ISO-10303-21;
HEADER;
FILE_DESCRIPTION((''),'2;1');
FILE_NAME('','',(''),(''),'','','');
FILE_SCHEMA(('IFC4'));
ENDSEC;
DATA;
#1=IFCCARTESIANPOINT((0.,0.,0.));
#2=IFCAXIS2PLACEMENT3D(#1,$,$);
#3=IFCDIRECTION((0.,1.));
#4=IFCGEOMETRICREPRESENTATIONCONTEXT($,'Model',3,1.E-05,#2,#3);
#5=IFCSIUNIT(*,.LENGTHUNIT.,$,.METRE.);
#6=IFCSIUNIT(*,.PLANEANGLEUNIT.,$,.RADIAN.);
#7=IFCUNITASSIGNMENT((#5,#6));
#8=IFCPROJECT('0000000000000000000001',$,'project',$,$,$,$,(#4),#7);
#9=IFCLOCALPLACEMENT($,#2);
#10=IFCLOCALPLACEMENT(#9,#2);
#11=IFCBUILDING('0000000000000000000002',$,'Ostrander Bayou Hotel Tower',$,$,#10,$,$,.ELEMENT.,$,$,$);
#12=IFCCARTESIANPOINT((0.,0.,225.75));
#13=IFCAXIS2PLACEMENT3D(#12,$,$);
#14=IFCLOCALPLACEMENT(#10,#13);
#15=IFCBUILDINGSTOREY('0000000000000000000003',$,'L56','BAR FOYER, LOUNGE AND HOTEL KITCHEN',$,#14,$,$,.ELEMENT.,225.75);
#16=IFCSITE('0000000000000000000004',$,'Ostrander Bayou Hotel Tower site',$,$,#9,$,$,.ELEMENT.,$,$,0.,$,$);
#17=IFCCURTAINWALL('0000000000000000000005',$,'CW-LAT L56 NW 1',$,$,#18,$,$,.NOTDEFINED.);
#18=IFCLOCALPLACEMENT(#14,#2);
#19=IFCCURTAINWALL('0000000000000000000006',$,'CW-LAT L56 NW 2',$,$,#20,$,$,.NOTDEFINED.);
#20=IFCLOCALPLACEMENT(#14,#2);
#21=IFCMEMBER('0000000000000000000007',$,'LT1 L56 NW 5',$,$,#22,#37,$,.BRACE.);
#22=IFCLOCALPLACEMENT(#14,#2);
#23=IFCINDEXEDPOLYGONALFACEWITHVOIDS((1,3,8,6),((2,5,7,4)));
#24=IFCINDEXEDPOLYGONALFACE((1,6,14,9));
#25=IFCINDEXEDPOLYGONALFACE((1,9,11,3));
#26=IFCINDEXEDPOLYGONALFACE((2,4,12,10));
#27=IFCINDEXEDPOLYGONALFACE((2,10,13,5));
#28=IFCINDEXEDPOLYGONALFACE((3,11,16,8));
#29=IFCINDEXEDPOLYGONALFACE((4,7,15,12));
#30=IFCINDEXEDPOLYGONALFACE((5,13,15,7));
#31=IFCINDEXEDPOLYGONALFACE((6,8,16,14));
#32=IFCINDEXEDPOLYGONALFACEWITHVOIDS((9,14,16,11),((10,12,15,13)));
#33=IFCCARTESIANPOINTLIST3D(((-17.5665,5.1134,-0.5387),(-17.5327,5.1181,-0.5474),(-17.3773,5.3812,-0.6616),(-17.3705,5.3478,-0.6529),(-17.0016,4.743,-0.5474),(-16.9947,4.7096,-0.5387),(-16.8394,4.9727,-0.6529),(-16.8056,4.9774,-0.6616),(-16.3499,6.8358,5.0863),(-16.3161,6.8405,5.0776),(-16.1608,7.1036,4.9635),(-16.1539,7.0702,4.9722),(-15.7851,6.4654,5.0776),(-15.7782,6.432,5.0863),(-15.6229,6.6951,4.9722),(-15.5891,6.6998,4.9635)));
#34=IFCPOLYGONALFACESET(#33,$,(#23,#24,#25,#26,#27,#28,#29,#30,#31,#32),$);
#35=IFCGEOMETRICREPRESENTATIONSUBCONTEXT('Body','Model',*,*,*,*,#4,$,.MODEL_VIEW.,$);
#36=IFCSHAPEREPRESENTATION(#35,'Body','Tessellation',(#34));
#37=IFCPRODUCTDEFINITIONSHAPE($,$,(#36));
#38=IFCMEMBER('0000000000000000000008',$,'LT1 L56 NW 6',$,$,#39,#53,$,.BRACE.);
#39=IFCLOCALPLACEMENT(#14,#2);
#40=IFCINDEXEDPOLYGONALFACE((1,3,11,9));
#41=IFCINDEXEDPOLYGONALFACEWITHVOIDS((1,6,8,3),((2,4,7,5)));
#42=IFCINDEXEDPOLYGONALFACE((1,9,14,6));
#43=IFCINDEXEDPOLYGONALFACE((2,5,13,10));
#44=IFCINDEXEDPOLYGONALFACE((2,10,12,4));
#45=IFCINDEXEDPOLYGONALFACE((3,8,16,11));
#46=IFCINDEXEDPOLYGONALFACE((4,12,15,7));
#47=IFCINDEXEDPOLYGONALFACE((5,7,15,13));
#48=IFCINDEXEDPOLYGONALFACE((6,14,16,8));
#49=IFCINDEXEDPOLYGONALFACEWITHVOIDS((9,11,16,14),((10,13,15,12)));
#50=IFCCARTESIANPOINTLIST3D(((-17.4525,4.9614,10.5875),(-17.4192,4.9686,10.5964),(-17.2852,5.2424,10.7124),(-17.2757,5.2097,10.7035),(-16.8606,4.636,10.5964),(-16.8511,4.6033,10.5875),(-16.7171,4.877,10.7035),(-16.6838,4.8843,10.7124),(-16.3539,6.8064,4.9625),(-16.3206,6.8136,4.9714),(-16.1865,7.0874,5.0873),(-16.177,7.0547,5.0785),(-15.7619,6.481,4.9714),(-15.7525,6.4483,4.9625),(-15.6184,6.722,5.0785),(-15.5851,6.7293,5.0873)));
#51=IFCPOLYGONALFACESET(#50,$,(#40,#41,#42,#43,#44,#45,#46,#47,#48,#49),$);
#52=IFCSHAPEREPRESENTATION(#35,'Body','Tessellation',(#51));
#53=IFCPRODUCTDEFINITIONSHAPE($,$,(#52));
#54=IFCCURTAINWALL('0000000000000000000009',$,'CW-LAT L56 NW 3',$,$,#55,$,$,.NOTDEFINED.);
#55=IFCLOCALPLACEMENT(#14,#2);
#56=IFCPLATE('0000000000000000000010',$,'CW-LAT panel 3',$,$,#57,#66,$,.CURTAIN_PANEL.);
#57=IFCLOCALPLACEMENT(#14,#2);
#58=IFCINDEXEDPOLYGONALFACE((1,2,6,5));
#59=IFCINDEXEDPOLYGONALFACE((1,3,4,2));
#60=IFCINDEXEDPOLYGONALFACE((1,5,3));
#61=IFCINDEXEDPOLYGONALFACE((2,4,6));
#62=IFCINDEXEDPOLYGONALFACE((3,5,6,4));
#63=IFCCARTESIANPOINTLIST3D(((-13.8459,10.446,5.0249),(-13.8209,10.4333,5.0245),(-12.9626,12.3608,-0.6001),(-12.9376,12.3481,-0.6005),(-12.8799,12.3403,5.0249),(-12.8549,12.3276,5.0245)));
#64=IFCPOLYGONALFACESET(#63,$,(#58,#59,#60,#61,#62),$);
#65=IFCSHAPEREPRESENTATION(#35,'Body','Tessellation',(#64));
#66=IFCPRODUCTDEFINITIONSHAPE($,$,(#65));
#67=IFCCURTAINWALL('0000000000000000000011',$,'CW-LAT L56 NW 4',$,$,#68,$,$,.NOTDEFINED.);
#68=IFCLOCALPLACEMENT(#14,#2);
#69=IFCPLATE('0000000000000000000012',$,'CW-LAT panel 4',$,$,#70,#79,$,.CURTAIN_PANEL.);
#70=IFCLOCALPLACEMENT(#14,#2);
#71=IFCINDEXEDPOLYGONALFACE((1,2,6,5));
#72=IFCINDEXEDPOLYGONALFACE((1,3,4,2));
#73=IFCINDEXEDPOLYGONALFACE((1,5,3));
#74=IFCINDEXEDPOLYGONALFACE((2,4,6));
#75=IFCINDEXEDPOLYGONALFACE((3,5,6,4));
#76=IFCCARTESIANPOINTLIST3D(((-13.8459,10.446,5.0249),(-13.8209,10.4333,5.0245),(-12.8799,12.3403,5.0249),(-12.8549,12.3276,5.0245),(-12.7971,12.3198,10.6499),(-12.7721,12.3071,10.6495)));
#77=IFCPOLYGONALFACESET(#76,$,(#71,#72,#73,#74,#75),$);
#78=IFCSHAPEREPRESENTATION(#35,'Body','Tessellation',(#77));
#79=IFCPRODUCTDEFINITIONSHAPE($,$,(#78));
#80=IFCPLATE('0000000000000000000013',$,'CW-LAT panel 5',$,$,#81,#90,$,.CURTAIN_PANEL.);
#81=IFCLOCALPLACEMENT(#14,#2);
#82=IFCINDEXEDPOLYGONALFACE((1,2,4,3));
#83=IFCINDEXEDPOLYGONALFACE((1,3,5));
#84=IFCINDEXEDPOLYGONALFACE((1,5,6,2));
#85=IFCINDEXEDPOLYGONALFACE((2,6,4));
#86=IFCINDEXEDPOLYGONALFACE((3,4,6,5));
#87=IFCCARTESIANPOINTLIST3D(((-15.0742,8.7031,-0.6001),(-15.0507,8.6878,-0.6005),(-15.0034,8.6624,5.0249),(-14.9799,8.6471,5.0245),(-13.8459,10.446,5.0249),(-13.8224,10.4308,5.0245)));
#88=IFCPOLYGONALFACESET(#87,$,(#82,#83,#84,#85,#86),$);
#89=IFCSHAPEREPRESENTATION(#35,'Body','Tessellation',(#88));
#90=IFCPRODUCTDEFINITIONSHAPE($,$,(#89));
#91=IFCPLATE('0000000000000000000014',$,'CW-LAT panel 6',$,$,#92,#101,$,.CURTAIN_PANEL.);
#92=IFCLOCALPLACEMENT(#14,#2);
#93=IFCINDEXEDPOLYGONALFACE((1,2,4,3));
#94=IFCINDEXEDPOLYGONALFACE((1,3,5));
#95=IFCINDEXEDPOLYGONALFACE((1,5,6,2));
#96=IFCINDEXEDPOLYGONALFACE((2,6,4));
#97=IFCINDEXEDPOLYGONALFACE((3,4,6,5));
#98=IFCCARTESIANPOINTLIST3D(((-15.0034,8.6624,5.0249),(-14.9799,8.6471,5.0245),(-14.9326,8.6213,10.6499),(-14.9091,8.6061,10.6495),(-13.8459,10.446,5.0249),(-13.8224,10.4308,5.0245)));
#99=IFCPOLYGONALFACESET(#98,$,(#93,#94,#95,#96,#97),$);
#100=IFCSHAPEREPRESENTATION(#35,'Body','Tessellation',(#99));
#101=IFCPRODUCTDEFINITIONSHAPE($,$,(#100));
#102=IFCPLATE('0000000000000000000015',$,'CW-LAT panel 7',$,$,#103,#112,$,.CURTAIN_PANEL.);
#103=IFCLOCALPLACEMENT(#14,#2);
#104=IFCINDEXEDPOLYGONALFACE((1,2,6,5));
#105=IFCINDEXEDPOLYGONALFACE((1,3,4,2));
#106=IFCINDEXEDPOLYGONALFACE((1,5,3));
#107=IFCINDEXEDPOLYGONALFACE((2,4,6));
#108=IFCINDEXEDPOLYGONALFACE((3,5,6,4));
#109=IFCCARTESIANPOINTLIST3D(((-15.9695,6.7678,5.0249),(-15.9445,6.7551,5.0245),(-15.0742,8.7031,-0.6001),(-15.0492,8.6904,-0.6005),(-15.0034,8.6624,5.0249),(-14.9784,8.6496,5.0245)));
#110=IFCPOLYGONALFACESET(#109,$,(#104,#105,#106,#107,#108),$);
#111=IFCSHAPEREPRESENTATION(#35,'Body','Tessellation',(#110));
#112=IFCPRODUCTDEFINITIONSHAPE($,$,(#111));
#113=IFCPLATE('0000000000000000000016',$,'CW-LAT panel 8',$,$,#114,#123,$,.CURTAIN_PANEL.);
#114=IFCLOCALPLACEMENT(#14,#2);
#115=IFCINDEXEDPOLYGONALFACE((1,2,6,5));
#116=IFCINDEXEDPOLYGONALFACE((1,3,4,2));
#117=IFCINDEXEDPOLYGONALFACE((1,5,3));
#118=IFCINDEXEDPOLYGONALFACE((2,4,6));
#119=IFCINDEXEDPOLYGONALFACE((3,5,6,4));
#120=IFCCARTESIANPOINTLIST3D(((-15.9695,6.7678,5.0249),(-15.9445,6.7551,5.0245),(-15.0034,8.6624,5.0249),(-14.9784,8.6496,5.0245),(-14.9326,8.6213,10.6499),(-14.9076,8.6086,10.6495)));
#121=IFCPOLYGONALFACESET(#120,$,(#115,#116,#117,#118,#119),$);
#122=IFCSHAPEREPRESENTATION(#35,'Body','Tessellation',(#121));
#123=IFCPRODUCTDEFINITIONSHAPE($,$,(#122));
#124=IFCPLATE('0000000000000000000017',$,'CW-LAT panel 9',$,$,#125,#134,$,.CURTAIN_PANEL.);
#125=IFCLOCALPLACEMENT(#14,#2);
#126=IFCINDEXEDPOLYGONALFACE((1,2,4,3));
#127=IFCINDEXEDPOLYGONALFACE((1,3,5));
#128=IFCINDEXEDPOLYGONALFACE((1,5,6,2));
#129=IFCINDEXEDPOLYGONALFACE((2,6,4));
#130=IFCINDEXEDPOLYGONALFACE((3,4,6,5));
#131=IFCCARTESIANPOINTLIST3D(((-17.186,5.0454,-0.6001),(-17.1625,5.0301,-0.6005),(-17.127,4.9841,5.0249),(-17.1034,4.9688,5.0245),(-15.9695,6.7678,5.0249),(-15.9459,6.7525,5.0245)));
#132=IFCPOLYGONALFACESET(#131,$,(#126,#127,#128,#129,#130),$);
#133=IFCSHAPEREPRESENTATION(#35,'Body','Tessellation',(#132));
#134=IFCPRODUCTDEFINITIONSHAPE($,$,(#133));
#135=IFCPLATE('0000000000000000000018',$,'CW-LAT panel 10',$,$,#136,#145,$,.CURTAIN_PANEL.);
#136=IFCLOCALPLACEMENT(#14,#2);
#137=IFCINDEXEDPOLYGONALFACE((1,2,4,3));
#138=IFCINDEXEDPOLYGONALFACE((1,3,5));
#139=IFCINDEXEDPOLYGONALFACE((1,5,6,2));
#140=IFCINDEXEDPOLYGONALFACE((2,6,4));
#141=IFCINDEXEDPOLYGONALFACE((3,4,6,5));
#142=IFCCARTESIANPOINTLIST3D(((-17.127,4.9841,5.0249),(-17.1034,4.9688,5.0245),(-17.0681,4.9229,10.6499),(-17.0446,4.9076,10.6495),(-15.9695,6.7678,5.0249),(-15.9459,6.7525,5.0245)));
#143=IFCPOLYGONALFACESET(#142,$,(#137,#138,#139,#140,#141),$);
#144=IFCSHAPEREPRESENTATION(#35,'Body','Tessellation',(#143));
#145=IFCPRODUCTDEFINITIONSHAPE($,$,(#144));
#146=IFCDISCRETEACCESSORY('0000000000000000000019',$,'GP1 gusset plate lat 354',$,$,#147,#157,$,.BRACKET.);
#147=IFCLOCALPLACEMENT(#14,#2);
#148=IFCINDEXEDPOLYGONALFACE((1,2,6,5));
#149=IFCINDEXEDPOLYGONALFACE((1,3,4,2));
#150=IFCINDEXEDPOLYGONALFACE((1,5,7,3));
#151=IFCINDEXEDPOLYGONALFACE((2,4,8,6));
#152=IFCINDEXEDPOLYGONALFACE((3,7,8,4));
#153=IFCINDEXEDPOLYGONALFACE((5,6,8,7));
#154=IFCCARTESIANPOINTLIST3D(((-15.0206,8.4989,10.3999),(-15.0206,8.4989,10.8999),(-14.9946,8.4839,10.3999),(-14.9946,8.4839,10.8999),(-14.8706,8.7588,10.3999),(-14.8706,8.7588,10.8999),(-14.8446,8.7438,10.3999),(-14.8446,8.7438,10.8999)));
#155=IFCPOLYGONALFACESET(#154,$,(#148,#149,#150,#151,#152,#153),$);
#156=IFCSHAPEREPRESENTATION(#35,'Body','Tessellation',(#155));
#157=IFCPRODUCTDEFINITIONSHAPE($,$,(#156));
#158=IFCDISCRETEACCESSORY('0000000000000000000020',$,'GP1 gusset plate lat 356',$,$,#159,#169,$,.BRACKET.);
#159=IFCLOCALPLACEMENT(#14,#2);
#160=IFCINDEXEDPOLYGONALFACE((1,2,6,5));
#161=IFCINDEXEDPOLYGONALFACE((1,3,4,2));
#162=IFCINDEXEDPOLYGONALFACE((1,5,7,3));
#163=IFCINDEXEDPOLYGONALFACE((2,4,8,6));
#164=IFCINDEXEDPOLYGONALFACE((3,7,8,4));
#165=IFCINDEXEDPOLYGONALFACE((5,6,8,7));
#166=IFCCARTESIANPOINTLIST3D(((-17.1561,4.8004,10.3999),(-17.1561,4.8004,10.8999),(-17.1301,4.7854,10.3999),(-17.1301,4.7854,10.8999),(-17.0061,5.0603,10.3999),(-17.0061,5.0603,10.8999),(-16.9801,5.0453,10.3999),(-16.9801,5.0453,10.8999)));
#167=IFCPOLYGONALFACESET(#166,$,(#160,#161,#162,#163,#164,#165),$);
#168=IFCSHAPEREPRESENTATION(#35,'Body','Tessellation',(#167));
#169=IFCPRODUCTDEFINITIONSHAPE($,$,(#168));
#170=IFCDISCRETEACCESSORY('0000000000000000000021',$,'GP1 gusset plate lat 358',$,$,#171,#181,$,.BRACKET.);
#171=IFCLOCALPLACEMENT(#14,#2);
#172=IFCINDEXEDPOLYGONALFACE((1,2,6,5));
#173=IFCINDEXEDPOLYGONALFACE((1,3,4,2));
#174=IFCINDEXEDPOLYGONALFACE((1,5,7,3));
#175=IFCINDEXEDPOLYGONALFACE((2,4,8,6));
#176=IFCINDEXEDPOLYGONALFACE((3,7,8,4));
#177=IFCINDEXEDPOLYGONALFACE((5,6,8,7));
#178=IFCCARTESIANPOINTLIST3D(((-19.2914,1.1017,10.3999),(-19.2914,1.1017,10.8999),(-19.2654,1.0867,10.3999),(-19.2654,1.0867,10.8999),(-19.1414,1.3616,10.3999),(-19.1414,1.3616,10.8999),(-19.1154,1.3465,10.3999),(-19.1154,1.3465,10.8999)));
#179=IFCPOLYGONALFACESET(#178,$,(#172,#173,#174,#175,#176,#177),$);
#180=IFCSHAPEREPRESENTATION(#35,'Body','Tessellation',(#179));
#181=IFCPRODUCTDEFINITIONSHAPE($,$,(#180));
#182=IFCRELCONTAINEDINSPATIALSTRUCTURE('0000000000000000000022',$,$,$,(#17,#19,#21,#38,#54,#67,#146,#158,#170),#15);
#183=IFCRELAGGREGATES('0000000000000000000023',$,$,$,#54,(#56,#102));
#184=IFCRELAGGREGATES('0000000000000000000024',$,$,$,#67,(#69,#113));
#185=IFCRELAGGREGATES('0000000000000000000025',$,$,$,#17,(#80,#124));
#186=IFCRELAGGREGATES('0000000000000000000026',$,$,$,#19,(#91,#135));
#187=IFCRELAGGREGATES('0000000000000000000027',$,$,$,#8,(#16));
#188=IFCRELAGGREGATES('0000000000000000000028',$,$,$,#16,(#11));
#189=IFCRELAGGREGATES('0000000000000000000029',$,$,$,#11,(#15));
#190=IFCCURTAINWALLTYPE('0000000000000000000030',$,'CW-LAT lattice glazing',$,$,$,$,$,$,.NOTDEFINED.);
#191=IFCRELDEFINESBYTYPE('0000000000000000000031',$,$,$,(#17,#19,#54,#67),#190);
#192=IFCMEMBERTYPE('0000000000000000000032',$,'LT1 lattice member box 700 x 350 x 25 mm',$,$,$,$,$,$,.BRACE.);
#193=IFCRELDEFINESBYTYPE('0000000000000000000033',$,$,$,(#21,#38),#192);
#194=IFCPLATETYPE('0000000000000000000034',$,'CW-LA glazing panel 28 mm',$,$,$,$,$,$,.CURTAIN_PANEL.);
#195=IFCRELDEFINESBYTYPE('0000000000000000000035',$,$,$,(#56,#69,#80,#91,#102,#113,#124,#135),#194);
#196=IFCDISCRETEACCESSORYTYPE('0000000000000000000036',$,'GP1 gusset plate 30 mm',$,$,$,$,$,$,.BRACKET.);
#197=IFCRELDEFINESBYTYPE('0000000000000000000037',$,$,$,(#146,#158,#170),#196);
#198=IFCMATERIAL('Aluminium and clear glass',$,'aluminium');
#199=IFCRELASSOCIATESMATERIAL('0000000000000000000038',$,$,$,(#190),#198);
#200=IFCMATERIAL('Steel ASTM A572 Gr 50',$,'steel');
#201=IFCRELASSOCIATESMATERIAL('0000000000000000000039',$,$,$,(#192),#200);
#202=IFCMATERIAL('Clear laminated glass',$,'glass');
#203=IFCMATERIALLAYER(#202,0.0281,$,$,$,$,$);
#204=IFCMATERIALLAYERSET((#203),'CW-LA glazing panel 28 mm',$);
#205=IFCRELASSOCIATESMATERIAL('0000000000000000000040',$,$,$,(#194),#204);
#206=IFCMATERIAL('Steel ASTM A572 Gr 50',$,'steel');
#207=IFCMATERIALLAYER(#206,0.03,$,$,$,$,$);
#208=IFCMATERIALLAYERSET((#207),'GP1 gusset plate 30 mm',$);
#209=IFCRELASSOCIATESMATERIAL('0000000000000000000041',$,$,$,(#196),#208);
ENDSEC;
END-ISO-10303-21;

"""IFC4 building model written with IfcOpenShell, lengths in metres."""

from ifc_helpers import new_model, si_unit, direction, frame, origin, origin_2d, place, context, subcontext, project, spatial, polyline, rectangle, hollow_rectangle, outline, extrude, material, layer, layer_set, material_profile, profile_set, type_object, element, aggregate, save


model = new_model("IFC4")

# Units and contexts
model_context = context("Model", 3, precision=1e-05, world=origin(), true_north=direction((0.0, 1.0)))
body_context = subcontext(model_context, "Body", "Model", "MODEL_VIEW")
ifc_project = project(units=[si_unit("LENGTHUNIT", "METRE"), si_unit("PLANEANGLEUNIT", "RADIAN")], contexts=[model_context])

# Site, building, storey
site_placement = place(None, origin())
site = spatial("IfcSite", under=ifc_project, at=site_placement, Name="Ostrander Bayou Hotel Tower site", CompositionType="ELEMENT", RefElevation=0.0)
building_placement = place(site_placement, origin())
building = spatial("IfcBuilding", under=site, at=building_placement, Name="Ostrander Bayou Hotel Tower", CompositionType="ELEMENT")
storey_placement = place(building_placement, frame((0.0, 0.0, 225.75)))
storey = spatial("IfcBuildingStorey", under=building, at=storey_placement, Name="L56", Description="BAR FOYER, LOUNGE AND HOTEL KITCHEN", CompositionType="ELEMENT", Elevation=225.75)

# Curtain walls
ifc_material_1 = material(Name="Aluminium and clear glass", Category="aluminium")
curtain_wall_type = type_object("IfcCurtainWallType", Name="CW-LAT lattice glazing", PredefinedType="NOTDEFINED", material=ifc_material_1)
curtain_wall_1_placement = place(storey_placement, origin())
curtain_wall_1 = element("IfcCurtainWall", 1, at=curtain_wall_1_placement, inside=storey, type_object=curtain_wall_type, Name="CW-LAT L56 NW 1", PredefinedType="NOTDEFINED")
curtain_wall_2_placement = place(storey_placement, origin())
curtain_wall_2 = element("IfcCurtainWall", 2, at=curtain_wall_2_placement, inside=storey, type_object=curtain_wall_type, Name="CW-LAT L56 NW 2", PredefinedType="NOTDEFINED")

# Members
ifc_material_2 = material(Name="Steel ASTM A572 Gr 50", Category="steel")
ifc_material_profile_1 = material_profile(ifc_material_2, hollow_rectangle(XDim=0.7, YDim=0.3501, WallThickness=0.0249, at=origin_2d()))
ifc_profile_set_1 = profile_set([ifc_material_profile_1], Name="Steel ASTM A572 Gr 50")
member_type_1 = type_object("IfcMemberType", Name="LT1 lattice member box 700 x 350 x 25 mm", PredefinedType="BRACE", material=ifc_profile_set_1)
member_1_placement = place(storey_placement, frame((-15.9695, 6.7678, 5.0249), z_axis=(-0.202513, -0.286721, -0.936365), x_axis=(0.816804, -0.576915, 0.0)))
element("IfcMember", 3, at=member_1_placement, inside=storey, type_object=member_type_1, Name="LT1 L56 NW 5", PredefinedType="BRACE", context=body_context, shape_type="SweptSolid", body=[
    extrude(hollow_rectangle(XDim=0.7, YDim=0.3501, WallThickness=0.0249, at=origin_2d()), origin(), (0.0, 0.0, 1.0), 6.0073),
])
member_2_placement = place(storey_placement, frame((-15.9695, 6.7678, 5.0249), z_axis=(-0.182469, -0.306426, 0.934242), x_axis=(0.859204, -0.511634, 0.0)))
element("IfcMember", 4, at=member_2_placement, inside=storey, type_object=member_type_1, Name="LT1 L56 NW 6", PredefinedType="BRACE", context=body_context, shape_type="SweptSolid", body=[
    extrude(hollow_rectangle(XDim=0.7, YDim=0.3501, WallThickness=0.0249, at=origin_2d()), origin(), (0.0, 0.0, 1.0), 6.021),
])

# Curtain walls, plates
curtain_wall_3_placement = place(storey_placement, origin())
curtain_wall_3 = element("IfcCurtainWall", 5, at=curtain_wall_3_placement, inside=storey, type_object=curtain_wall_type, Name="CW-LAT L56 NW 3", PredefinedType="NOTDEFINED")
ifc_material_3 = material(Name="Clear laminated glass", Category="glass")
ifc_layer_1 = layer(ifc_material_3, 0.0281)
ifc_layer_set_1 = layer_set([ifc_layer_1], Name="CW-LA glazing panel 28 mm")
plate_type = type_object("IfcPlateType", Name="CW-LA glazing panel 28 mm", PredefinedType="CURTAIN_PANEL", material=ifc_layer_set_1)
plate_1_placement = place(storey_placement, frame((-13.8459, 10.446, 5.0249), z_axis=(-0.890743, 0.454268, 0.014762), x_axis=(0.147039, 0.318746, -0.936366)))
plate_1 = element("IfcPlate", 6, at=plate_1_placement, type_object=plate_type, Name="CW-LAT panel 3", PredefinedType="CURTAIN_PANEL", context=body_context, shape_type="SweptSolid", body=[
    extrude(outline(polyline([(0.0, 0.0), (6.0073, 0.0), (0.7458, -1.9913), (0.0, 0.0)])), origin(), (0.0, 0.0, -1.0), 0.0281),
])
curtain_wall_4_placement = place(storey_placement, origin())
curtain_wall_4 = element("IfcCurtainWall", 7, at=curtain_wall_4_placement, inside=storey, type_object=curtain_wall_type, Name="CW-LAT L56 NW 4", PredefinedType="NOTDEFINED")
plate_2_placement = place(storey_placement, frame((-13.8459, 10.446, 5.0249), z_axis=(-0.890743, 0.454268, 0.014762), x_axis=(0.174197, 0.31121, 0.93424)))
plate_2 = element("IfcPlate", 8, at=plate_2_placement, type_object=plate_type, Name="CW-LAT panel 4", PredefinedType="CURTAIN_PANEL", context=body_context, shape_type="SweptSolid", body=[
    extrude(outline(polyline([(0.0, 0.0), (6.0209, 0.0), (0.7578, 1.9868), (0.0, 0.0)])), origin(), (0.0, 0.0, -1.0), 0.0281),
])

# Plates
plate_3_placement = place(storey_placement, frame((-13.8459, 10.446, 5.0249), z_axis=(-0.83877, 0.544293, 0.014503), x_axis=(-0.204182, -0.289735, -0.935074)))
plate_3 = element("IfcPlate", 9, at=plate_3_placement, type_object=plate_type, Name="CW-LAT panel 5", PredefinedType="CURTAIN_PANEL", context=body_context, shape_type="SweptSolid", body=[
    extrude(outline(polyline([(0.0, 0.0), (6.0156, 0.0), (0.7531, 1.9885), (0.0, 0.0)])), origin(), (0.0, 0.0, -1.0), 0.0281),
])
plate_4_placement = place(storey_placement, frame((-13.8459, 10.446, 5.0249), z_axis=(-0.838769, 0.544293, 0.014526), x_axis=(-0.180733, -0.303482, 0.93554)))
plate_4 = element("IfcPlate", 10, at=plate_4_placement, type_object=plate_type, Name="CW-LAT panel 6", PredefinedType="CURTAIN_PANEL", context=body_context, shape_type="SweptSolid", body=[
    extrude(outline(polyline([(0.0, 0.0), (6.0126, 0.0), (0.7505, -1.9895), (0.0, 0.0)])), origin(), (0.0, 0.0, -1.0), 0.0281),
])
plate_5_placement = place(storey_placement, frame((-15.9695, 6.7678, 5.0249), z_axis=(-0.89077, 0.454224, 0.014504), x_axis=(0.148824, 0.321714, -0.935068)))
plate_5 = element("IfcPlate", 11, at=plate_5_placement, type_object=plate_type, Name="CW-LAT panel 7", PredefinedType="CURTAIN_PANEL", context=body_context, shape_type="SweptSolid", body=[
    extrude(outline(polyline([(0.0, 0.0), (6.0156, 0.0), (0.7533, -1.9887), (0.0, 0.0)])), origin(), (0.0, 0.0, -1.0), 0.0281),
])
aggregate(curtain_wall_3, [plate_1, plate_5])
plate_6_placement = place(storey_placement, frame((-15.9695, 6.7678, 5.0249), z_axis=(-0.890769, 0.454224, 0.014524), x_axis=(0.172449, 0.308272, 0.935537)))
plate_6 = element("IfcPlate", 12, at=plate_6_placement, type_object=plate_type, Name="CW-LAT panel 8", PredefinedType="CURTAIN_PANEL", context=body_context, shape_type="SweptSolid", body=[
    extrude(outline(polyline([(0.0, 0.0), (6.0126, 0.0), (0.7506, 1.9897), (0.0, 0.0)])), origin(), (0.0, 0.0, -1.0), 0.0281),
])
aggregate(curtain_wall_4, [plate_2, plate_6])
plate_7_placement = place(storey_placement, frame((-15.9695, 6.7678, 5.0249), z_axis=(-0.838767, 0.544291, 0.01474), x_axis=(-0.202513, -0.286721, -0.936365)))
plate_7 = element("IfcPlate", 13, at=plate_7_placement, type_object=plate_type, Name="CW-LAT panel 9", PredefinedType="CURTAIN_PANEL", context=body_context, shape_type="SweptSolid", body=[
    extrude(outline(polyline([(0.0, 0.0), (6.0073, 0.0), (0.7458, 1.9912), (0.0, 0.0)])), origin(), (0.0, 0.0, -1.0), 0.0281),
])
aggregate(curtain_wall_1, [plate_3, plate_7])
plate_8_placement = place(storey_placement, frame((-15.9695, 6.7678, 5.0249), z_axis=(-0.838767, 0.544292, 0.014703), x_axis=(-0.182469, -0.306426, 0.934242)))
plate_8 = element("IfcPlate", 14, at=plate_8_placement, type_object=plate_type, Name="CW-LAT panel 10", PredefinedType="CURTAIN_PANEL", context=body_context, shape_type="SweptSolid", body=[
    extrude(outline(polyline([(0.0, 0.0), (6.0209, 0.0), (0.7578, -1.9867), (0.0, 0.0)])), origin(), (0.0, 0.0, -1.0), 0.0281),
])
aggregate(curtain_wall_2, [plate_4, plate_8])

# Discrete accessories
ifc_material_4 = material(Name="Steel ASTM A572 Gr 50", Category="steel")
ifc_layer_2 = layer(ifc_material_4, 0.03)
ifc_layer_set_2 = layer_set([ifc_layer_2], Name="GP1 gusset plate 30 mm")
discrete_accessory_type = type_object("IfcDiscreteAccessoryType", Name="GP1 gusset plate 30 mm", PredefinedType="BRACKET", material=ifc_layer_set_2)
for number, where, z_axis, x_axis, name in (
    (15, (-14.9326, 8.6213, 10.3999), (0.0, 0.0, 1.0), (-0.5, -0.866025, 0.0), "GP1 gusset plate lat 354"),
    (16, (-17.0681, 4.9229, 10.3999), (0.0, 0.0, 1.0), (-0.5, -0.866025, 0.0), "GP1 gusset plate lat 356"),
    (17, (-19.2034, 1.2241, 10.3999), (0.0, 0.0, 1.0), (-0.5, -0.866025, 0.0), "GP1 gusset plate lat 358"),
):
    element("IfcDiscreteAccessory", number, at=place(storey_placement, frame(where, z_axis=z_axis, x_axis=x_axis)), inside=storey, type_object=discrete_accessory_type, Name=name, PredefinedType="BRACKET", context=body_context, shape_type="SweptSolid", body=[
        extrude(rectangle(XDim=0.3, YDim=0.03, at=origin_2d()), origin(), (0.0, 0.0, 1.0), 0.5),
    ])

save(model, "model.ifc")
